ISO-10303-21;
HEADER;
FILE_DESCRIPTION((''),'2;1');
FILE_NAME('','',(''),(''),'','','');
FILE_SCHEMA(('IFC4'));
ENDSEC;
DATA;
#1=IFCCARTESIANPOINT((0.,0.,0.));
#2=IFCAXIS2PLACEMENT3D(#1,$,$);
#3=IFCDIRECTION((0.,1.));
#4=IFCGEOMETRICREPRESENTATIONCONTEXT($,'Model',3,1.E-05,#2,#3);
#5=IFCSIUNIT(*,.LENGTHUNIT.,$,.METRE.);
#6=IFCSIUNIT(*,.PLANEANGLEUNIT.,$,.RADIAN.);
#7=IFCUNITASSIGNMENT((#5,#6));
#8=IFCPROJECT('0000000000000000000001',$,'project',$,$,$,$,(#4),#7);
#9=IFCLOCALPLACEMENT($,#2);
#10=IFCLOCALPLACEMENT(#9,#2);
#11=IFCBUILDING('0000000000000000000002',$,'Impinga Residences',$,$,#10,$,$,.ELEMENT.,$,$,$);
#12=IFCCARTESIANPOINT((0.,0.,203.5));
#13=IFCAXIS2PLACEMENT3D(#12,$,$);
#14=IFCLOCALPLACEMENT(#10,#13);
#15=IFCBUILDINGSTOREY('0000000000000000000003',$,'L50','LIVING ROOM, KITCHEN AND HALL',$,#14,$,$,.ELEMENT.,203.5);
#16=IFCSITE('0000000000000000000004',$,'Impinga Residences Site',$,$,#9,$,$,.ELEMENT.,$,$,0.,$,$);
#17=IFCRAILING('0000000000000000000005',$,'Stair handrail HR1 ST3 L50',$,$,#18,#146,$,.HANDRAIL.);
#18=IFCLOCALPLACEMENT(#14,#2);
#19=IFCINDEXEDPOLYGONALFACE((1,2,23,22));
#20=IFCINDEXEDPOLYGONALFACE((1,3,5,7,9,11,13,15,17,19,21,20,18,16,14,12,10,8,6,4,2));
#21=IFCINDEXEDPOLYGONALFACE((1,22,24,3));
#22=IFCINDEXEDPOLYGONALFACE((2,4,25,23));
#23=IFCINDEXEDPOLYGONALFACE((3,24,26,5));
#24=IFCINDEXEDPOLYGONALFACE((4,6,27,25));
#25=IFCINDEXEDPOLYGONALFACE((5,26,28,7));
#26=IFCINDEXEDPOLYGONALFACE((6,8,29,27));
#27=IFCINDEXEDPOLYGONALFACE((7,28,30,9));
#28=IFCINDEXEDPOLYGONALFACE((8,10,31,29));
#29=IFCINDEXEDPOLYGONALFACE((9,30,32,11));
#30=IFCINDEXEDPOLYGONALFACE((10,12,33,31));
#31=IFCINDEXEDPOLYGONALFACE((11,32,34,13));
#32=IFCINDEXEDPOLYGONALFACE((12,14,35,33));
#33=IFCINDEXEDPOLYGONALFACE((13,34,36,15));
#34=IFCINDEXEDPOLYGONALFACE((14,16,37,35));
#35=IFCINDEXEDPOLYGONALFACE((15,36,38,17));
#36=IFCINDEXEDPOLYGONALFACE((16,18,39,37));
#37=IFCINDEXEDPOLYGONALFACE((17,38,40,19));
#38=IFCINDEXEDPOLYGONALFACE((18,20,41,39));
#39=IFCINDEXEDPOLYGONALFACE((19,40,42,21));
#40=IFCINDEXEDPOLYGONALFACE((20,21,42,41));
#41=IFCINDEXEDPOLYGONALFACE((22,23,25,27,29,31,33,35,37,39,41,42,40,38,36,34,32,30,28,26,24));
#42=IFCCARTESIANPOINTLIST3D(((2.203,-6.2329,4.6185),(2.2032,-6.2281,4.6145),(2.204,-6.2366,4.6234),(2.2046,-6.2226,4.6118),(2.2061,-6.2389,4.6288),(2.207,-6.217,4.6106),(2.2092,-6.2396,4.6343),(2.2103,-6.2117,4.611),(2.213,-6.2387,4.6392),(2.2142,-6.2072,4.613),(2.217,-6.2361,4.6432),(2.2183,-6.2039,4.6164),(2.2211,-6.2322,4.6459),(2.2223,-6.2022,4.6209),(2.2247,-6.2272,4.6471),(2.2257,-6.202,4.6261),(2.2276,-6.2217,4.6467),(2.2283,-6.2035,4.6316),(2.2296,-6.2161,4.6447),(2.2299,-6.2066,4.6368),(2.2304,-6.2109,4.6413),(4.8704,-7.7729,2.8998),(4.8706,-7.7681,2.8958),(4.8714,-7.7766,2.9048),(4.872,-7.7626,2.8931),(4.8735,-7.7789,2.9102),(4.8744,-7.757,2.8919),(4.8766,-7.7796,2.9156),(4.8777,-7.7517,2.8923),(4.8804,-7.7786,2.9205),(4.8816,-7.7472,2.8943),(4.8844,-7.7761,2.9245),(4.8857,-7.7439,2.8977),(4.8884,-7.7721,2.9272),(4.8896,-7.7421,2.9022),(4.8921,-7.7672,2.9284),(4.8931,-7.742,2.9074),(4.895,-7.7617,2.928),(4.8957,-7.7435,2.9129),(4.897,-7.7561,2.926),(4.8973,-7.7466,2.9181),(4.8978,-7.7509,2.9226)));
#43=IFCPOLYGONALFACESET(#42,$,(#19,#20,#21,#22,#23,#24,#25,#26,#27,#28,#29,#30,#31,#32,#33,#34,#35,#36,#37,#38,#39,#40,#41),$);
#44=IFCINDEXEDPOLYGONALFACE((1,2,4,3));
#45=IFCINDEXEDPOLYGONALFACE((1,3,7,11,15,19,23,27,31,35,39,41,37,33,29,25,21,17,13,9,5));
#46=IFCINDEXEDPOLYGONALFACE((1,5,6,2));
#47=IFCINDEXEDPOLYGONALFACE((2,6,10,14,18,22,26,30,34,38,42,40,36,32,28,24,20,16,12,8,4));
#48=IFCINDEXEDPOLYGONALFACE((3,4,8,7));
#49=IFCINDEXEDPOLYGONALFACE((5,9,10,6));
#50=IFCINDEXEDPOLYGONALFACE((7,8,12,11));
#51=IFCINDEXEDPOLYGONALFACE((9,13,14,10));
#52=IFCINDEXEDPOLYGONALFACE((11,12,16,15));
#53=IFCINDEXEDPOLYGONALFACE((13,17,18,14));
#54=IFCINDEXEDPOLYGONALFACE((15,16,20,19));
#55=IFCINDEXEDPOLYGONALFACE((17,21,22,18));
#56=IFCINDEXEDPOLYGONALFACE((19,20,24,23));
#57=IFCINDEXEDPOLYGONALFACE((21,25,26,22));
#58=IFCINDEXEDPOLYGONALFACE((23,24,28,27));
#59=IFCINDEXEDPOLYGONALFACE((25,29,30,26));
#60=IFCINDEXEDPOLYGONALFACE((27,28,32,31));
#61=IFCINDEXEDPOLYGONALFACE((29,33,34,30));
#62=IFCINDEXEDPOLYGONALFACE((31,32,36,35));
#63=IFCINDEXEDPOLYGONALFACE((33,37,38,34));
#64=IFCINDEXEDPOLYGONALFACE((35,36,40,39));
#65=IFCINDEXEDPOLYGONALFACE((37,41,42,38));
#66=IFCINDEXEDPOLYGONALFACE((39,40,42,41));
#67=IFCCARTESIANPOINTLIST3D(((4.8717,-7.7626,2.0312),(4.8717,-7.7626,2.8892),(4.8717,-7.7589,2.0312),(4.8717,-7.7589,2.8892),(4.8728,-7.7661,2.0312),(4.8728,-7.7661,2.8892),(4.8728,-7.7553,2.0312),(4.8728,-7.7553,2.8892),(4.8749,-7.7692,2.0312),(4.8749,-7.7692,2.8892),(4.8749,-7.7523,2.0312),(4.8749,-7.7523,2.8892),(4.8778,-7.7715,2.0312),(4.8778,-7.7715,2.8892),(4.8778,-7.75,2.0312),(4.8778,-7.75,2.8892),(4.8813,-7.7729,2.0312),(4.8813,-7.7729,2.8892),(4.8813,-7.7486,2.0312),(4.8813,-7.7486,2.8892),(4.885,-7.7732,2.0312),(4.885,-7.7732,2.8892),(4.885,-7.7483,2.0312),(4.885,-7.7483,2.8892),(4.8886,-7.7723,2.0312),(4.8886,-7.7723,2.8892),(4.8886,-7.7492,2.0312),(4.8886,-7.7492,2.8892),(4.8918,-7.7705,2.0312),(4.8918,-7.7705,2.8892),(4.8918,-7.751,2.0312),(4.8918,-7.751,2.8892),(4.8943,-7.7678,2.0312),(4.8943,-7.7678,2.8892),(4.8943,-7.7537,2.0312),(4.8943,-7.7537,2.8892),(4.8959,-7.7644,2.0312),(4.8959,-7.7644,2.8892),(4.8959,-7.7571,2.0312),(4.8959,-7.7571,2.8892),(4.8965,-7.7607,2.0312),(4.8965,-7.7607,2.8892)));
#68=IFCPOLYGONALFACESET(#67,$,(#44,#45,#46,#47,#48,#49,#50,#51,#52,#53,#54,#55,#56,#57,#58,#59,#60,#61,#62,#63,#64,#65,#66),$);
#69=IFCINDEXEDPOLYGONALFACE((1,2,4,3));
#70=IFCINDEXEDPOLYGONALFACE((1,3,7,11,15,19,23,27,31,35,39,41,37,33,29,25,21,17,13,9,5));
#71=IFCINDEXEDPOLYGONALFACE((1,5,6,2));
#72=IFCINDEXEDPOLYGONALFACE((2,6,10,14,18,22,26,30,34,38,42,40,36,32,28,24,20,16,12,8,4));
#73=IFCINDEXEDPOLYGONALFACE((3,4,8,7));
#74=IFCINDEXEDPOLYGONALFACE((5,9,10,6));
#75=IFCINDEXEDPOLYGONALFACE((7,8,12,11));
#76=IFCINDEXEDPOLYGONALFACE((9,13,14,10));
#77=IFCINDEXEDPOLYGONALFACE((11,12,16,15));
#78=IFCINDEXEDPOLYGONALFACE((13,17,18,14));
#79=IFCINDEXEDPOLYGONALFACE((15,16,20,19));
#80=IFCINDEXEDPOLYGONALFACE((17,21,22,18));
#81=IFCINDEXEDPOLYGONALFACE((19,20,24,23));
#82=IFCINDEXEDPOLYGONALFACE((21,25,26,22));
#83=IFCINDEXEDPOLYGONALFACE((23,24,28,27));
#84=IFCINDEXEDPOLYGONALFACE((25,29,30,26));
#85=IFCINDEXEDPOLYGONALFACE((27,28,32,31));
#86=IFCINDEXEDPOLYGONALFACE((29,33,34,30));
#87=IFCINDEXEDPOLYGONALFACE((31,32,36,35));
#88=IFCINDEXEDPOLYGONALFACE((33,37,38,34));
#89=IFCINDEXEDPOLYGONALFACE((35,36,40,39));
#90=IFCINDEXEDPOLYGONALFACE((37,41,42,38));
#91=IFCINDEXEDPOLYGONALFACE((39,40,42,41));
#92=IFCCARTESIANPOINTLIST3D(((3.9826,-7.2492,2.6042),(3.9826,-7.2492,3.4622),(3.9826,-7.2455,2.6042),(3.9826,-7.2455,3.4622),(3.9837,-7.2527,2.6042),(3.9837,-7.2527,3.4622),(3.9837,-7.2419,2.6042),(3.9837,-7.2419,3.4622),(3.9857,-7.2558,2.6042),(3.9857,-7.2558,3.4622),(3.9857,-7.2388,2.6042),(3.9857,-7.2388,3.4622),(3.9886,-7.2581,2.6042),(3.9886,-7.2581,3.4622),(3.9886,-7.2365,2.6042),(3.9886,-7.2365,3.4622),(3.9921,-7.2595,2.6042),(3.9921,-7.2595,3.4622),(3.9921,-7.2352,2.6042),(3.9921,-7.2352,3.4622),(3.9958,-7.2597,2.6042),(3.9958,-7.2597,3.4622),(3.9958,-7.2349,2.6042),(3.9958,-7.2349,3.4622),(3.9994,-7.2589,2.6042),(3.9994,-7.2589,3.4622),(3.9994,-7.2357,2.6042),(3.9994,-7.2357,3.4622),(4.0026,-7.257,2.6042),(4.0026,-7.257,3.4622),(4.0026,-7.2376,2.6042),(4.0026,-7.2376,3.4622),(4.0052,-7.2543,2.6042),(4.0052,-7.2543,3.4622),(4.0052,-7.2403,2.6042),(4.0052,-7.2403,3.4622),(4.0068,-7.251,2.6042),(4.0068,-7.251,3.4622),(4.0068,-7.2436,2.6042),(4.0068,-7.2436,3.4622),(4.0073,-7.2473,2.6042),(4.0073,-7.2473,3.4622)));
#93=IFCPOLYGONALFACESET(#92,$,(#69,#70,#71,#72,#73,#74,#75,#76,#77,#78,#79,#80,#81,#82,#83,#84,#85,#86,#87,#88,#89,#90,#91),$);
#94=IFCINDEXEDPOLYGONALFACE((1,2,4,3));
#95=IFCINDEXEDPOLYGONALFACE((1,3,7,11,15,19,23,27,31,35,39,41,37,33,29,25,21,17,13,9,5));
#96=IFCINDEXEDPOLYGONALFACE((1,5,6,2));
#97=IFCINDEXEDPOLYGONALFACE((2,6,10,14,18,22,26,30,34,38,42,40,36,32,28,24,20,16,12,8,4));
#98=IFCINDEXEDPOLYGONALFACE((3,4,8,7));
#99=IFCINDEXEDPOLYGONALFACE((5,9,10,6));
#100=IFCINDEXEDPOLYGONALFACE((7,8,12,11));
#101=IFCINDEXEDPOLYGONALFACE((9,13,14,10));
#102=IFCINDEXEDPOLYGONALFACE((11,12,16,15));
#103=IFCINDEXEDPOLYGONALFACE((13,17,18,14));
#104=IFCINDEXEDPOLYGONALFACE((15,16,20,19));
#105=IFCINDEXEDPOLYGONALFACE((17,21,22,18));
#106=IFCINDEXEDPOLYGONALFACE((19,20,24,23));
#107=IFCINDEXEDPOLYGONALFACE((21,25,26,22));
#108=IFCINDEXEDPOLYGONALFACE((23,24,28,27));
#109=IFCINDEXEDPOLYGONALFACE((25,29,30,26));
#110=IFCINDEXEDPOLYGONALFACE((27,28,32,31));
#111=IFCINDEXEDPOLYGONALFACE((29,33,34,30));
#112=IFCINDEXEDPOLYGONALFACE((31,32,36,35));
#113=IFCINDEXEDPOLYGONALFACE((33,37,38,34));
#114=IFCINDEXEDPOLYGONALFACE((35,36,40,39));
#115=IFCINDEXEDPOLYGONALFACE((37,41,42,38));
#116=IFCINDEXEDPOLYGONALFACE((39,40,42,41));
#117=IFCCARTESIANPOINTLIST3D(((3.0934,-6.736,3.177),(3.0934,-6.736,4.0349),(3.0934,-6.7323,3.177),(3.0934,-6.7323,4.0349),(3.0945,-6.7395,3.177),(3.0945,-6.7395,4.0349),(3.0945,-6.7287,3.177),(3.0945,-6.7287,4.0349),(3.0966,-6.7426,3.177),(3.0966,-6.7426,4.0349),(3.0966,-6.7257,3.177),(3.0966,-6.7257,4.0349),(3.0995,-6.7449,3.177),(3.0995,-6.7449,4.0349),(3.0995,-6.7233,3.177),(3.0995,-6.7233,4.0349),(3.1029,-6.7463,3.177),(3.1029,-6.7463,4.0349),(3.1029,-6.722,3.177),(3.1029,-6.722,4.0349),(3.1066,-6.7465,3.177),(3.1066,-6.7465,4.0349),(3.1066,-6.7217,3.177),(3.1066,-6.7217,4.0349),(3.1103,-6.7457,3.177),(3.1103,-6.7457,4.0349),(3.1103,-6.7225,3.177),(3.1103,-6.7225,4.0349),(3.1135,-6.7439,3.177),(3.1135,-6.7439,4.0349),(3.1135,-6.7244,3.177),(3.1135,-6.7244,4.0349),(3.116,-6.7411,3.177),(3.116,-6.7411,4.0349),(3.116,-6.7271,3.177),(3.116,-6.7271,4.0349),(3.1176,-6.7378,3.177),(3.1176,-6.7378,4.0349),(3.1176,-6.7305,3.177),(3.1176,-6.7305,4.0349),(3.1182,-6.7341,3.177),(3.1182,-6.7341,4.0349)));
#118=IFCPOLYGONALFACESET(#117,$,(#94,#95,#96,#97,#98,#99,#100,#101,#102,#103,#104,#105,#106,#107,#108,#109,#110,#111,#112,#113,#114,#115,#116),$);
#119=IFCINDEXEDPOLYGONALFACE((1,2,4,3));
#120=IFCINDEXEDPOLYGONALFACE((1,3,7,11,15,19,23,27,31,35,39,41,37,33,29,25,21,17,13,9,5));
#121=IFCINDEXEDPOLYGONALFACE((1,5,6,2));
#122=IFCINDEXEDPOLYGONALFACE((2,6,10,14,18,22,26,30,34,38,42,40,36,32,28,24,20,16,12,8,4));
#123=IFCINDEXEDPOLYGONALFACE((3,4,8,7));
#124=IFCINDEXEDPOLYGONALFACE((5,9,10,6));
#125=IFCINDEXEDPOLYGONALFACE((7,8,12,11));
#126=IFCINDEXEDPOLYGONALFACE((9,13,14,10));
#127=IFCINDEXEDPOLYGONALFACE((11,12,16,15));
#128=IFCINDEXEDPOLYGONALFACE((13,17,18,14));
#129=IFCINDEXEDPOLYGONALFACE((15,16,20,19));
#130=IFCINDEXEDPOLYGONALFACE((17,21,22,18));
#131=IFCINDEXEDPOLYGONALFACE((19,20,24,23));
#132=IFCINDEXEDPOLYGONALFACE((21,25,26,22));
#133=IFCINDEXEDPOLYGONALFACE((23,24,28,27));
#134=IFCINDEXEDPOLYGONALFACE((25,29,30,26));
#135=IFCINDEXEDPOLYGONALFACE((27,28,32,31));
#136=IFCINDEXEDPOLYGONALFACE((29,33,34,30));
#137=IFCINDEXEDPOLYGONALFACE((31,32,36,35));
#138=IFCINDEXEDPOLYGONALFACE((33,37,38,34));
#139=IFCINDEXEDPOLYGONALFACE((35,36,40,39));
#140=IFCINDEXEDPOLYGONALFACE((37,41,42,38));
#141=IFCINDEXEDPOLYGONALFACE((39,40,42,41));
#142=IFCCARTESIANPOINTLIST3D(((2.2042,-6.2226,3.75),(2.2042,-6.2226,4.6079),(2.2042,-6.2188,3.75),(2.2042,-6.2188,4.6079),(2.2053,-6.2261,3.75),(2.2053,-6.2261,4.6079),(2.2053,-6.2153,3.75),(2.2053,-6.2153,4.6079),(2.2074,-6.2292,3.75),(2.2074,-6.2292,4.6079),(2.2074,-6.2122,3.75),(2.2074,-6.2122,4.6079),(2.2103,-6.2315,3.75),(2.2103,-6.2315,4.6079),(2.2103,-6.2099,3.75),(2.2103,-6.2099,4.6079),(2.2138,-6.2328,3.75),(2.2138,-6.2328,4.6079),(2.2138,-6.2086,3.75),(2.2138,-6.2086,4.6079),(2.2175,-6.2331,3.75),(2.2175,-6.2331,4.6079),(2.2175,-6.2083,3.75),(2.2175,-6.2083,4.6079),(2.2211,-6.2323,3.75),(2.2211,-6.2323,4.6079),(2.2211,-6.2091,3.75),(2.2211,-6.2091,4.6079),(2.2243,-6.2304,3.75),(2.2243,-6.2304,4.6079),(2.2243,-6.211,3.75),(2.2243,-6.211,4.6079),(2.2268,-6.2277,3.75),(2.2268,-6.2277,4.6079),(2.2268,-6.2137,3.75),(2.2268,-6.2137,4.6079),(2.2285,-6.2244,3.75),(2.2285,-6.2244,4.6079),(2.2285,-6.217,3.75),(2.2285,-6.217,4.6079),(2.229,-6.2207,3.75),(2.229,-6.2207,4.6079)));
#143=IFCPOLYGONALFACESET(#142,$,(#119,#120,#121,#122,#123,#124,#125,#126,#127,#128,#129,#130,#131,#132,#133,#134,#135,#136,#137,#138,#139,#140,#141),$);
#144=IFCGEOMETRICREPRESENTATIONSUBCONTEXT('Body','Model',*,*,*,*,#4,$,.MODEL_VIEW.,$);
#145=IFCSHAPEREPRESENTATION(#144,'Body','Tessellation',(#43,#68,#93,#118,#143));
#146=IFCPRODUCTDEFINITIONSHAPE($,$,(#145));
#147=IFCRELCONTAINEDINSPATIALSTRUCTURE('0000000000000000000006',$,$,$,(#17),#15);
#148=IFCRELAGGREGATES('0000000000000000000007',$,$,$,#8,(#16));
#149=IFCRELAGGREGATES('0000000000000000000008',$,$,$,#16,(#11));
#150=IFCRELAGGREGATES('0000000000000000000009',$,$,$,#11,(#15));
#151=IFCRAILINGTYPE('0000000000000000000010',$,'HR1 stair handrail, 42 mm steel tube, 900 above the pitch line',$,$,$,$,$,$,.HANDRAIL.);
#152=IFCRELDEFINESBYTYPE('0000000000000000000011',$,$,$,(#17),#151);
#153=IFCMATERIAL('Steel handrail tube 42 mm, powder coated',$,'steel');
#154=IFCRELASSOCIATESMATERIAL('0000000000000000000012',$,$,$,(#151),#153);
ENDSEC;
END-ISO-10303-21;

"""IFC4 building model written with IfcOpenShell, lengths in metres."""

from ifc_helpers import new_model, si_unit, direction, frame, origin, origin_2d, place, context, subcontext, project, spatial, circle, extrude, material, type_object, element, save


model = new_model("IFC4")

# Units and contexts
model_context = context("Model", 3, precision=1e-05, world=origin(), true_north=direction((0.0, 1.0)))
body_context = subcontext(model_context, "Body", "Model", "MODEL_VIEW")
ifc_project = project(units=[si_unit("LENGTHUNIT", "METRE"), si_unit("PLANEANGLEUNIT", "RADIAN")], contexts=[model_context])

# Site, building, storey
site_placement = place(None, origin())
site = spatial("IfcSite", under=ifc_project, at=site_placement, Name="Impinga Residences Site", CompositionType="ELEMENT", RefElevation=0.0)
building_placement = place(site_placement, origin())
building = spatial("IfcBuilding", under=site, at=building_placement, Name="Impinga Residences", CompositionType="ELEMENT")
storey_placement = place(building_placement, frame((0.0, 0.0, 203.5)))
storey = spatial("IfcBuildingStorey", under=building, at=storey_placement, Name="L50", Description="LIVING ROOM, KITCHEN AND HALL", CompositionType="ELEMENT", Elevation=203.5)

# Railing
ifc_material_1 = material(Name="Steel handrail tube 42 mm, powder coated", Category="steel")
railing_type_1 = type_object("IfcRailingType", Name="HR1 stair handrail, 42 mm steel tube, 900 above the pitch line", PredefinedType="HANDRAIL", material=ifc_material_1)
railing_1_placement = place(storey_placement, frame((4.884, -7.7607, 2.0312)))
element("IfcRailing", 1, at=railing_1_placement, inside=storey, type_object=railing_type_1, Name="Stair handrail HR1 ST3 L50", PredefinedType="HANDRAIL", context=body_context, shape_type="SweptSolid", body=[
    extrude(circle(Radius=0.021, at=origin_2d()), frame((0.0, 0.0, 0.8789), z_axis=(-0.756256, 0.436616, 0.487282), x_axis=(-0.499992, -0.86603, 0.0)), (0.0, 0.0, 1.0), 3.5271),
    extrude(circle(Radius=0.0125, at=origin_2d()), origin(), (0.0, 0.0, 1.0), 0.8579),
    extrude(circle(Radius=0.0125, at=origin_2d()), frame((-0.8892, 0.5134, 0.573)), (0.0, 0.0, 1.0), 0.8579),
    extrude(circle(Radius=0.0125, at=origin_2d()), frame((-1.7783, 1.0266, 1.1458)), (0.0, 0.0, 1.0), 0.8579),
    extrude(circle(Radius=0.0125, at=origin_2d()), frame((-2.6675, 1.54, 1.7188)), (0.0, 0.0, 1.0), 0.8579),
])

save(model, "model.ifc")
